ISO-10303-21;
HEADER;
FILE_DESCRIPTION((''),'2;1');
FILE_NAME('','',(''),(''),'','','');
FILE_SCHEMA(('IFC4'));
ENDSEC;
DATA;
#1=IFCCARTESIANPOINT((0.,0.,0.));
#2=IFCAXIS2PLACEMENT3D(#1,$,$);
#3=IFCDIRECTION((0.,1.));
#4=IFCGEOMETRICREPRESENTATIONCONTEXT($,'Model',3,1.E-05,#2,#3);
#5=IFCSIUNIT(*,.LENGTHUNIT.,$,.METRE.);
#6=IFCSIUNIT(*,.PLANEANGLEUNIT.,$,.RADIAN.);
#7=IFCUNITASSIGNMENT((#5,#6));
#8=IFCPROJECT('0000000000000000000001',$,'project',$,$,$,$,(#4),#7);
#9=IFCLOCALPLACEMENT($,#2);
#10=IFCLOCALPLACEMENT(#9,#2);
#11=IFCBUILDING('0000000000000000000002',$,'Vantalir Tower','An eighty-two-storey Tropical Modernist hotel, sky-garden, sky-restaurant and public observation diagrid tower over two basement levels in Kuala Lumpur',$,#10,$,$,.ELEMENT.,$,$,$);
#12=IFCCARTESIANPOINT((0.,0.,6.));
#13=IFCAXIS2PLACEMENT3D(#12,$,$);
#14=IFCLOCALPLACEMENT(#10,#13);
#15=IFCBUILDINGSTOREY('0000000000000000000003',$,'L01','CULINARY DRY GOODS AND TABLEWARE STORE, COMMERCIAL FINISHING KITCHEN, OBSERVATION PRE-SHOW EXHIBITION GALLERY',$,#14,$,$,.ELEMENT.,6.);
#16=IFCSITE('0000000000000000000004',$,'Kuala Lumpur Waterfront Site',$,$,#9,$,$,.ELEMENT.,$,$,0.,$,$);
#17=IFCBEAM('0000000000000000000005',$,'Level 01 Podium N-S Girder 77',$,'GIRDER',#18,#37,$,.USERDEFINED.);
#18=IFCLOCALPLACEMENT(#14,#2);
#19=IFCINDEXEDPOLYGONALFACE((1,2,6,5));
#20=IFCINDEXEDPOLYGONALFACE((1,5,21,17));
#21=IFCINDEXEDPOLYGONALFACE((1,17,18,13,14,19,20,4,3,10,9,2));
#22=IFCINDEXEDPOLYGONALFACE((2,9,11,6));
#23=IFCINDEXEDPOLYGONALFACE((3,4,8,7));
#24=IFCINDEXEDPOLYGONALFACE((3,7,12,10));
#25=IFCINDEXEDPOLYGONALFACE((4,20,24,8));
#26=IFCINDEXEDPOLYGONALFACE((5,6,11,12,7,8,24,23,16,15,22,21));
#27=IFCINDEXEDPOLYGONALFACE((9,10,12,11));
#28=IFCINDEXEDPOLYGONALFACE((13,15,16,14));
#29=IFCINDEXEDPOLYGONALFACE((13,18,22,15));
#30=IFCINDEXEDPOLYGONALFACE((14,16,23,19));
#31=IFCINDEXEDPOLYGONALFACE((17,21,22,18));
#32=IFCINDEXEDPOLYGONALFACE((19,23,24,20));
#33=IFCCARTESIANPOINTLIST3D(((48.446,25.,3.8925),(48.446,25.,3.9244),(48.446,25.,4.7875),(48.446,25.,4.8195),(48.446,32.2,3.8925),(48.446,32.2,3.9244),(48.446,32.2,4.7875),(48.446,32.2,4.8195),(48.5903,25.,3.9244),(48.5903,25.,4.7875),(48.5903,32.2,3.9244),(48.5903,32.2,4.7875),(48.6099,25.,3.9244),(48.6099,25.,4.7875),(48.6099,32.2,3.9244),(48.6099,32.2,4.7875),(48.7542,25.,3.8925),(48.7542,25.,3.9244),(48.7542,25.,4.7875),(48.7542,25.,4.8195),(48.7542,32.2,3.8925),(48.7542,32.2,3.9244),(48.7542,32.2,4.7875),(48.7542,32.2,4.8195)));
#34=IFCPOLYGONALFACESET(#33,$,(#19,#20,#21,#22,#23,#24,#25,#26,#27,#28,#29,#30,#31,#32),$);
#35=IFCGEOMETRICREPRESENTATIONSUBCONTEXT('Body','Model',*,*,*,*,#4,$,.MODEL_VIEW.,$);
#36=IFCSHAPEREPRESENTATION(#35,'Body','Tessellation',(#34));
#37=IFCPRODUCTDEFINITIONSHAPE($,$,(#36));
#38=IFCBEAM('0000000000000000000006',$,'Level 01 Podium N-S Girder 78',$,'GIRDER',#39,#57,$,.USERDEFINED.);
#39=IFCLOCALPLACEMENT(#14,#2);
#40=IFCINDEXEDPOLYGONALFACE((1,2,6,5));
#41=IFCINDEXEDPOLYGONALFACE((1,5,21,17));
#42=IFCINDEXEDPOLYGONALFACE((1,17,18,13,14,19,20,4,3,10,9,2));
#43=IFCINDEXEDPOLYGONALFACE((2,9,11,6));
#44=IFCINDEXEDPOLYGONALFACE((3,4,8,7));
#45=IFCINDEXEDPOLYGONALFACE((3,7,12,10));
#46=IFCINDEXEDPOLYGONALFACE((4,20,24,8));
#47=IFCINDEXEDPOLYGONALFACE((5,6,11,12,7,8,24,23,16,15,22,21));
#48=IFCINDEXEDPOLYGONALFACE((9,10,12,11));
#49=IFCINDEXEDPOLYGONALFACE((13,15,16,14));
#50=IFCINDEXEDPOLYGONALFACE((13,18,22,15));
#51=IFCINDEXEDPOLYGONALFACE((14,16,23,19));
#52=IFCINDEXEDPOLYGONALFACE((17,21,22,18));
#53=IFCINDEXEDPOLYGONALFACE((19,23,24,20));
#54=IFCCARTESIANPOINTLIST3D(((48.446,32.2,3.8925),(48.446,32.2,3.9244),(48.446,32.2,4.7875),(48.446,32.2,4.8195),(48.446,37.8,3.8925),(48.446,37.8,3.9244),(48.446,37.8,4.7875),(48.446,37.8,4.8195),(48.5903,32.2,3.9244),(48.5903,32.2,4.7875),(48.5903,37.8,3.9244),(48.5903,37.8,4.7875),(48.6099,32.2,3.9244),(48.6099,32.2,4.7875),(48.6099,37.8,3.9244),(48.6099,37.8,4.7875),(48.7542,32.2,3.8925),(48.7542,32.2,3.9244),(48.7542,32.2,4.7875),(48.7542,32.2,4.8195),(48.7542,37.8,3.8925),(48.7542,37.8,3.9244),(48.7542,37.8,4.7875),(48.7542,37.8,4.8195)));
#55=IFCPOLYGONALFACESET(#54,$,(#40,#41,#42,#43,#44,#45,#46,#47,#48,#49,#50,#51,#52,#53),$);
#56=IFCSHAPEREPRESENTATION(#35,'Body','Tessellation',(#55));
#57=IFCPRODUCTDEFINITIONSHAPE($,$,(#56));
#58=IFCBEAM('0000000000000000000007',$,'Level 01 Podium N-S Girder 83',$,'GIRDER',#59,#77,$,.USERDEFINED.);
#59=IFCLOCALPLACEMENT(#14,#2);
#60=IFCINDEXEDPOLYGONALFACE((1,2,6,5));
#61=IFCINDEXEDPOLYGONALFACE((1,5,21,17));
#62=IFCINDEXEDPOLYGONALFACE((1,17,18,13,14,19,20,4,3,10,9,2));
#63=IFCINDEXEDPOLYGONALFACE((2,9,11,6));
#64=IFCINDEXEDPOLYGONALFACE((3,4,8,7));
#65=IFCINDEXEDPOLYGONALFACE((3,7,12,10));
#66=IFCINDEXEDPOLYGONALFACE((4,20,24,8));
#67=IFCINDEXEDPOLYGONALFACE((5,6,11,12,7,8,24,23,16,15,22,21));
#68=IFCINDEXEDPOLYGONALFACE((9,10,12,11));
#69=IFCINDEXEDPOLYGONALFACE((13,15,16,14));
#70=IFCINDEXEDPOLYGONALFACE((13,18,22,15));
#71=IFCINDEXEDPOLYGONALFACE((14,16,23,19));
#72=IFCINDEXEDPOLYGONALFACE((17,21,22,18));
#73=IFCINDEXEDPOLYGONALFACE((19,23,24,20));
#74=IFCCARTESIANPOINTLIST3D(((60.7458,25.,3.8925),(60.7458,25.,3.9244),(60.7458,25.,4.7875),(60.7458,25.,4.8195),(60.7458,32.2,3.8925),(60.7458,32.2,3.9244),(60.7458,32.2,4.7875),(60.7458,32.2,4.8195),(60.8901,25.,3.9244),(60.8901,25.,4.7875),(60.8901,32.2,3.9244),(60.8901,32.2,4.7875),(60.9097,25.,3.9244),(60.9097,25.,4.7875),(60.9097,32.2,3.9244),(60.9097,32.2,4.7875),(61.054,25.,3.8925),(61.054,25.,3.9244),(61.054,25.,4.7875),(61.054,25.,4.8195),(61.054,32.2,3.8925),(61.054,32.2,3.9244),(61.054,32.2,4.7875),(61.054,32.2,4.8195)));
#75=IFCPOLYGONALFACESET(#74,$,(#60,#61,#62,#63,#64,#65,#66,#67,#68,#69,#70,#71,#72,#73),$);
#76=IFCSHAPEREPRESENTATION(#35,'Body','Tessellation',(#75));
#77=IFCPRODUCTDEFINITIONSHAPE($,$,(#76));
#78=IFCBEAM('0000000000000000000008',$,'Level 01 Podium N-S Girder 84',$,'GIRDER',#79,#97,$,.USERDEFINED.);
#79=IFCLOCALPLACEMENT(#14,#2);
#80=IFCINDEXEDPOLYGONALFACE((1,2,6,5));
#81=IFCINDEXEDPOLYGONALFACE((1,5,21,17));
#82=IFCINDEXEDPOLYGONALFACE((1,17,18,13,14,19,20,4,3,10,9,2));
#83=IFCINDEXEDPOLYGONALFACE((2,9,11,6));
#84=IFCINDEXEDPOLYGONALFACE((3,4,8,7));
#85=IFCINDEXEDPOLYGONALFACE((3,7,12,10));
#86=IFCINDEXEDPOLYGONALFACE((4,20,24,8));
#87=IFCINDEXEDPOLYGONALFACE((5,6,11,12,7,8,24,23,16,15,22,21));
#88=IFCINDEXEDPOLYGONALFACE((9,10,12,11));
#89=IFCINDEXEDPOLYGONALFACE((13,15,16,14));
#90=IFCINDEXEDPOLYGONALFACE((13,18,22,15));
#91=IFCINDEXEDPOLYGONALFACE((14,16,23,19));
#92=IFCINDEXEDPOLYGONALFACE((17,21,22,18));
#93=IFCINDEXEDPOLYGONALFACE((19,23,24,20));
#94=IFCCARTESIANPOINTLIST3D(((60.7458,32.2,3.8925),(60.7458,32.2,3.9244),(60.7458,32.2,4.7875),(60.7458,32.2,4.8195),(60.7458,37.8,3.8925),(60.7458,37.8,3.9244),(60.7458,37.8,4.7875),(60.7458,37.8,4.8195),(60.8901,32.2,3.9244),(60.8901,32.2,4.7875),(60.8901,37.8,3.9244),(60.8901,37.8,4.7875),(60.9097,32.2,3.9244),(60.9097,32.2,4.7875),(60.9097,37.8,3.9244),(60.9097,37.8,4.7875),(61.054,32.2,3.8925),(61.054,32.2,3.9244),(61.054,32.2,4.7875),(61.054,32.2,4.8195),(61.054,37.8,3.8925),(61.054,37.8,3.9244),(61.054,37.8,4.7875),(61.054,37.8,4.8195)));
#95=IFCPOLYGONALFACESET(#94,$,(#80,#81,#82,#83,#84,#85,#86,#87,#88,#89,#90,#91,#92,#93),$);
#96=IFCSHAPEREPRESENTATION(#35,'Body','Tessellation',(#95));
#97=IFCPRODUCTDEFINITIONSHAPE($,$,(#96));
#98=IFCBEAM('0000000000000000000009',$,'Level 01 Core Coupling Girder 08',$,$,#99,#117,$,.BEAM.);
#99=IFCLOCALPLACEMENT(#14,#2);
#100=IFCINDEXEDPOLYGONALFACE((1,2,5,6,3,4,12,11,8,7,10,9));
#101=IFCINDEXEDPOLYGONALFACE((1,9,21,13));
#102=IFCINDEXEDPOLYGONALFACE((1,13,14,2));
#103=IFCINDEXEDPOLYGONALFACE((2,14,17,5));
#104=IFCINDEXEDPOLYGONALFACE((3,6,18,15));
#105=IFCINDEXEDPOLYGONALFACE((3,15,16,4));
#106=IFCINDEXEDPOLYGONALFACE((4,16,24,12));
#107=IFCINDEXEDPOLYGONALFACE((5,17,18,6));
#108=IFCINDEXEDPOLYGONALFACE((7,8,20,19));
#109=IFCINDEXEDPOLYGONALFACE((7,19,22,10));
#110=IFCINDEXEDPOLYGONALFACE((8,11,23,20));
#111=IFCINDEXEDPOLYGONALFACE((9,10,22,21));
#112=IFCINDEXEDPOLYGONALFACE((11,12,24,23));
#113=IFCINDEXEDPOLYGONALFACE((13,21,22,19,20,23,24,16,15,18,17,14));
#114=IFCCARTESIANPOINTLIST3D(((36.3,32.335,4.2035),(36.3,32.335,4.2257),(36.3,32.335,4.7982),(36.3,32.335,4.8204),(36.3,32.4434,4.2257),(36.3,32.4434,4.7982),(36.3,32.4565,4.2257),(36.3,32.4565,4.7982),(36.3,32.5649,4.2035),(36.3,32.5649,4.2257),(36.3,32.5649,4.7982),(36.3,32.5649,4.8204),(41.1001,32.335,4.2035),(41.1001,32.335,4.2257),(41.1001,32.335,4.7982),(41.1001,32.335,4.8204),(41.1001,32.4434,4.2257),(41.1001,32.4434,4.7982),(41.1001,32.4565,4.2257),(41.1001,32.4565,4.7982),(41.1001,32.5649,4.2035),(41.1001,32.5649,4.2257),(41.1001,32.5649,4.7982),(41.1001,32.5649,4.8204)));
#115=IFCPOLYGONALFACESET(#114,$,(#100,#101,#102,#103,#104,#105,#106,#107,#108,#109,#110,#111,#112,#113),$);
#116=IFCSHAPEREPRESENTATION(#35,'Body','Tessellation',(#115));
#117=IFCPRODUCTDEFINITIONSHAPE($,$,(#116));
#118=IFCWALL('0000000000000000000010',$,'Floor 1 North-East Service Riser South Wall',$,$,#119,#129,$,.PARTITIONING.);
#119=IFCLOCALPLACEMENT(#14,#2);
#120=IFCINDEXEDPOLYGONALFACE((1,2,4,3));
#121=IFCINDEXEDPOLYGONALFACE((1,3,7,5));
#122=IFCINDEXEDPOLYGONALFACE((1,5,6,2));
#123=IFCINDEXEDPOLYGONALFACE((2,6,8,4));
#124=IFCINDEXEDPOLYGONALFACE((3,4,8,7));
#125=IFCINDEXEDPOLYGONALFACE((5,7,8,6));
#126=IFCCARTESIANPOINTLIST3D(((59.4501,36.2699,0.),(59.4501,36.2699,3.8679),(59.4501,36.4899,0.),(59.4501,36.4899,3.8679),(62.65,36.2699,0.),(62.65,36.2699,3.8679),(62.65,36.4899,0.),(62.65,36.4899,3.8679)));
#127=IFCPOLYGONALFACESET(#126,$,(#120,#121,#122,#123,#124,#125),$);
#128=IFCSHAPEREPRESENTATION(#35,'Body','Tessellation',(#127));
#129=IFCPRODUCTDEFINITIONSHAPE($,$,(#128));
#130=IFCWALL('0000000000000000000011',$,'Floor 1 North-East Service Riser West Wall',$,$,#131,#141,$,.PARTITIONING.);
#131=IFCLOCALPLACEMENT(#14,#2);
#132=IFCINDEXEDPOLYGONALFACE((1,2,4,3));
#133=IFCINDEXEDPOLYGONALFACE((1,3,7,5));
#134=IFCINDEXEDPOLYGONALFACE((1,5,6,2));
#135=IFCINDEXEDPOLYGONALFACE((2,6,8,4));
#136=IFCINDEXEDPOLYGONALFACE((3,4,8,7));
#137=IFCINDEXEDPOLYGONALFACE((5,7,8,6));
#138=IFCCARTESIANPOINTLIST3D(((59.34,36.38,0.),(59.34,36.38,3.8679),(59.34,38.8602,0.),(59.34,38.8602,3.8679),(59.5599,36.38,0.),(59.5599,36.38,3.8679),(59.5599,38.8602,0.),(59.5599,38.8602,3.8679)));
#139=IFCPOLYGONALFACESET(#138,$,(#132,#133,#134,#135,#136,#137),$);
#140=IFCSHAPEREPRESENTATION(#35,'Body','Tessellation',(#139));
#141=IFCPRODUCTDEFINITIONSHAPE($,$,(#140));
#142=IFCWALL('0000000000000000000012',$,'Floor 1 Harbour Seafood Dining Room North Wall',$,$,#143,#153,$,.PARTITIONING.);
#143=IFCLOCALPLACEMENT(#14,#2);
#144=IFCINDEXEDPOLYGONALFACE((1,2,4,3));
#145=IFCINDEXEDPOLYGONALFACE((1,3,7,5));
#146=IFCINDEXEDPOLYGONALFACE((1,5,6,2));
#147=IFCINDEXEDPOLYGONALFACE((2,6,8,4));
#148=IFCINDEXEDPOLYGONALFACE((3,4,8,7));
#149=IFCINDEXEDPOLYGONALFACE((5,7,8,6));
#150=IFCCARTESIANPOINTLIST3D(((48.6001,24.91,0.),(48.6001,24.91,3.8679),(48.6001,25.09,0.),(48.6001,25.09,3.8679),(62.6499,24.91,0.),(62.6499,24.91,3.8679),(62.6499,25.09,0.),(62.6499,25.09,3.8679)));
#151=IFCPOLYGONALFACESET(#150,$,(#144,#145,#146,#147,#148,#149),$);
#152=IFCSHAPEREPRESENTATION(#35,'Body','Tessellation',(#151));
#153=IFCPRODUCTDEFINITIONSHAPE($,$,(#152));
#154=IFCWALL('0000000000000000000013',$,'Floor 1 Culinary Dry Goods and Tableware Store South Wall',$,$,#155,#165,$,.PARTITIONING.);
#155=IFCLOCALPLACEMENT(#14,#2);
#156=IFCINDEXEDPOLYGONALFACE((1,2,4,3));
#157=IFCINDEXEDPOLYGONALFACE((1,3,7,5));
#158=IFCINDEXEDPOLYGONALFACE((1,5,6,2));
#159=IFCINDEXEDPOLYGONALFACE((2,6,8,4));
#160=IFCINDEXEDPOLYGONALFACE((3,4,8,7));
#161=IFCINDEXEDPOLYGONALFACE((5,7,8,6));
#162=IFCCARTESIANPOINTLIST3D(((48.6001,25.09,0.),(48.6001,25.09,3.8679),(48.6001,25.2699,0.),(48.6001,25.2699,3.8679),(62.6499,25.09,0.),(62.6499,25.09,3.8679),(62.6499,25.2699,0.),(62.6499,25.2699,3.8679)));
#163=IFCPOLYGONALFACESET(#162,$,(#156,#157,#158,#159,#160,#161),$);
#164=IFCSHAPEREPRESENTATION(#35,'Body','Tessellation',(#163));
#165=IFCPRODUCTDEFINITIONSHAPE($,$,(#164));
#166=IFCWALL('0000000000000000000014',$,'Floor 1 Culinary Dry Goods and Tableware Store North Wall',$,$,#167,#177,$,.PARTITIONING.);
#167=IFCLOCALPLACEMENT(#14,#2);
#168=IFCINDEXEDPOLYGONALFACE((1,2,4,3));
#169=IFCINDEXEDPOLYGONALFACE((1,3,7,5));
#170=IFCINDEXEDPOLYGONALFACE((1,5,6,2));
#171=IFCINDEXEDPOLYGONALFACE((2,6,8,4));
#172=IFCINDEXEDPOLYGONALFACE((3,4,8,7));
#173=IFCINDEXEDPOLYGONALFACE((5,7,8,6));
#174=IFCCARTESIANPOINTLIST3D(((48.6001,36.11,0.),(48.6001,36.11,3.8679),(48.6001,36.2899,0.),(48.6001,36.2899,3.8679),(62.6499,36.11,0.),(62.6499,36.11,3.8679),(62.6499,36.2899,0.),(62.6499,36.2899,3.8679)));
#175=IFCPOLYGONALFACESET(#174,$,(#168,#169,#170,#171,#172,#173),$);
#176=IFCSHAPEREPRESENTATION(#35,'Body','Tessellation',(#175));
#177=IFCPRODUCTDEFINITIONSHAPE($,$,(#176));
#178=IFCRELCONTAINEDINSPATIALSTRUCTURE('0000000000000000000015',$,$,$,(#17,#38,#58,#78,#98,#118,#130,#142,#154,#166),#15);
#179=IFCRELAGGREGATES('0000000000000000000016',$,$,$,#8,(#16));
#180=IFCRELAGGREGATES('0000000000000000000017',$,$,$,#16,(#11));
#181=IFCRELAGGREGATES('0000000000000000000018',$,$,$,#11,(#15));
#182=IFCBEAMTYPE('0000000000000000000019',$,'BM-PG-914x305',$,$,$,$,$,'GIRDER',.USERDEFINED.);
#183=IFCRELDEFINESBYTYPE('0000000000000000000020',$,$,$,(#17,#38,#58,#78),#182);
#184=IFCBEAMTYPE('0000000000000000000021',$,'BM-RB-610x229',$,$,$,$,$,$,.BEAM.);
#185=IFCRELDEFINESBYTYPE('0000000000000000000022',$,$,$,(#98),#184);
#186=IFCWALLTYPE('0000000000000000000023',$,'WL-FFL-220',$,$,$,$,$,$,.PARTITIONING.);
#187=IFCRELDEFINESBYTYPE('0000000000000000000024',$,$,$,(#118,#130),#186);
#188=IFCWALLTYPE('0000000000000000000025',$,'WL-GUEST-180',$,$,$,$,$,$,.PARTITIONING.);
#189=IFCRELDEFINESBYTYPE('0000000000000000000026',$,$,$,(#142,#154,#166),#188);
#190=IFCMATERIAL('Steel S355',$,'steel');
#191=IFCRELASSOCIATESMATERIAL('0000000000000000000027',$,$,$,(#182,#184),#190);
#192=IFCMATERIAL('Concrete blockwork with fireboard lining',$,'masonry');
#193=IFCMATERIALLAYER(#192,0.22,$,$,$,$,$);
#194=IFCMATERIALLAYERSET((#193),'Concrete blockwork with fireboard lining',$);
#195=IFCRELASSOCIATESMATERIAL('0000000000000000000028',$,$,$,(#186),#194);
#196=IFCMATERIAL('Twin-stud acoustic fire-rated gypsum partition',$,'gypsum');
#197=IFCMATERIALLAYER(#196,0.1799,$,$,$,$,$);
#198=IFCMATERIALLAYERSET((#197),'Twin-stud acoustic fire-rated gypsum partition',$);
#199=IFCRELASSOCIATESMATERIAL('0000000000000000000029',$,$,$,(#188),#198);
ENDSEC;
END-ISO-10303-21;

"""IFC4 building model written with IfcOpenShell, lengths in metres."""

from ifc_helpers import new_model, si_unit, direction, frame, frame_2d, origin, origin_2d, place, context, subcontext, project, spatial, rectangle, i_section, extrude, material, layer, layer_set, material_profile, profile_set, type_object, element, save


model = new_model("IFC4")

# Units and contexts
model_context = context("Model", 3, precision=1e-05, world=origin(), true_north=direction((0.0, 1.0)))
body_context = subcontext(model_context, "Body", "Model", "MODEL_VIEW")
ifc_project = project(units=[si_unit("LENGTHUNIT", "METRE"), si_unit("PLANEANGLEUNIT", "RADIAN")], contexts=[model_context])

# Site, building, storey
site_placement = place(None, origin())
site = spatial("IfcSite", under=ifc_project, at=site_placement, Name="Kuala Lumpur Waterfront Site", CompositionType="ELEMENT", RefElevation=0.0)
building_placement = place(site_placement, origin())
building = spatial("IfcBuilding", under=site, at=building_placement, Name="Vantalir Tower", Description="An eighty-two-storey Tropical Modernist hotel, sky-garden, sky-restaurant and public observation diagrid tower over two basement levels in Kuala Lumpur", CompositionType="ELEMENT")
storey_placement = place(building_placement, frame((0.0, 0.0, 6.0)))
storey = spatial("IfcBuildingStorey", under=building, at=storey_placement, Name="L01", Description="CULINARY DRY GOODS AND TABLEWARE STORE, COMMERCIAL FINISHING KITCHEN, OBSERVATION PRE-SHOW EXHIBITION GALLERY", CompositionType="ELEMENT", Elevation=6.0)

# Beams
ifc_material_1 = material(Name="Steel S355", Category="steel")
ifc_material_profile_1 = material_profile(ifc_material_1, i_section(OverallWidth=0.3081, OverallDepth=0.927, WebThickness=0.0195, FlangeThickness=0.032, at=origin_2d()), Name="Steel S355")
ifc_profile_set_1 = profile_set([ifc_material_profile_1], Name="Steel S355")
beam_type_1 = type_object("IfcBeamType", Name="BM-PG-914x305", ElementType="GIRDER", PredefinedType="USERDEFINED", material=ifc_profile_set_1)
beam_1_placement = place(storey_placement, frame((48.6001, 25.0, 4.356), z_axis=(0.0, 1.0, 0.0), x_axis=(-1.0, 0.0, 0.0)))
element("IfcBeam", 1, at=beam_1_placement, inside=storey, type_object=beam_type_1, Name="Level 01 Podium N-S Girder 77", ObjectType="GIRDER", PredefinedType="USERDEFINED", context=body_context, shape_type="SweptSolid", body=[
    extrude(i_section(OverallWidth=0.3081, OverallDepth=0.927, WebThickness=0.0195, FlangeThickness=0.032, at=origin_2d()), origin(), (0.0, 0.0, 1.0), 7.2),
])
beam_2_placement = place(storey_placement, frame((48.6001, 32.2, 4.356), z_axis=(0.0, 1.0, 0.0), x_axis=(-1.0, 0.0, 0.0)))
element("IfcBeam", 2, at=beam_2_placement, inside=storey, type_object=beam_type_1, Name="Level 01 Podium N-S Girder 78", ObjectType="GIRDER", PredefinedType="USERDEFINED", context=body_context, shape_type="SweptSolid", body=[
    extrude(i_section(OverallWidth=0.3081, OverallDepth=0.927, WebThickness=0.0195, FlangeThickness=0.032, at=origin_2d()), origin(), (0.0, 0.0, 1.0), 5.6001),
])
beam_3_placement = place(storey_placement, frame((60.8999, 25.0, 4.356), z_axis=(0.0, 1.0, 0.0), x_axis=(-1.0, 0.0, 0.0)))
element("IfcBeam", 3, at=beam_3_placement, inside=storey, type_object=beam_type_1, Name="Level 01 Podium N-S Girder 83", ObjectType="GIRDER", PredefinedType="USERDEFINED", context=body_context, shape_type="SweptSolid", body=[
    extrude(i_section(OverallWidth=0.3081, OverallDepth=0.927, WebThickness=0.0195, FlangeThickness=0.032, at=origin_2d()), origin(), (0.0, 0.0, 1.0), 7.2),
])
beam_4_placement = place(storey_placement, frame((60.8999, 32.2, 4.356), z_axis=(0.0, 1.0, 0.0), x_axis=(-1.0, 0.0, 0.0)))
element("IfcBeam", 4, at=beam_4_placement, inside=storey, type_object=beam_type_1, Name="Level 01 Podium N-S Girder 84", ObjectType="GIRDER", PredefinedType="USERDEFINED", context=body_context, shape_type="SweptSolid", body=[
    extrude(i_section(OverallWidth=0.3081, OverallDepth=0.927, WebThickness=0.0195, FlangeThickness=0.032, at=origin_2d()), origin(), (0.0, 0.0, 1.0), 5.6001),
])
ifc_material_profile_2 = material_profile(ifc_material_1, i_section(OverallWidth=0.23, OverallDepth=0.6169, WebThickness=0.0132, FlangeThickness=0.0222, at=origin_2d()), Name="Steel S355")
ifc_profile_set_2 = profile_set([ifc_material_profile_2], Name="Steel S355")
beam_type_2 = type_object("IfcBeamType", Name="BM-RB-610x229", PredefinedType="BEAM", material=ifc_profile_set_2)
beam_5_placement = place(storey_placement, frame((41.1001, 32.45, 4.512), z_axis=(-1.0, 0.0, 0.0), x_axis=(0.0, -1.0, 0.0)))
element("IfcBeam", 5, at=beam_5_placement, inside=storey, type_object=beam_type_2, Name="Level 01 Core Coupling Girder 08", PredefinedType="BEAM", context=body_context, shape_type="SweptSolid", body=[
    extrude(i_section(OverallWidth=0.23, OverallDepth=0.6169, WebThickness=0.0132, FlangeThickness=0.0222, at=origin_2d()), origin(), (0.0, 0.0, 1.0), 4.8),
])

# Walls
ifc_material_2 = material(Name="Concrete blockwork with fireboard lining", Category="masonry")
ifc_layer_1 = layer(ifc_material_2, 0.22)
ifc_layer_set_1 = layer_set([ifc_layer_1], Name="Concrete blockwork with fireboard lining")
wall_type_1 = type_object("IfcWallType", Name="WL-FFL-220", PredefinedType="PARTITIONING", material=ifc_layer_set_1)
wall_1_placement = place(storey_placement, frame((59.45, 36.3799, 0.0), z_axis=(0.0, 0.0, 1.0), x_axis=(1.0, 0.0, 0.0)))
element("IfcWall", 6, at=wall_1_placement, inside=storey, type_object=wall_type_1, Name="Floor 1 North-East Service Riser South Wall", PredefinedType="PARTITIONING", context=body_context, shape_type="SweptSolid", body=[
    extrude(rectangle(XDim=3.2, YDim=0.22, at=frame_2d((1.6001, 0.0))), origin(), (0.0, 0.0, 1.0), 3.8679),
])
wall_2_placement = place(storey_placement, frame((59.45, 36.3799, 0.0), z_axis=(0.0, 0.0, 1.0), x_axis=(0.0, 1.0, 0.0)))
element("IfcWall", 7, at=wall_2_placement, inside=storey, type_object=wall_type_1, Name="Floor 1 North-East Service Riser West Wall", PredefinedType="PARTITIONING", context=body_context, shape_type="SweptSolid", body=[
    extrude(rectangle(XDim=2.4802, YDim=0.22, at=frame_2d((1.2402, 0.0))), origin(), (0.0, 0.0, 1.0), 3.8679),
])
ifc_material_3 = material(Name="Twin-stud acoustic fire-rated gypsum partition", Category="gypsum")
ifc_layer_2 = layer(ifc_material_3, 0.1799)
ifc_layer_set_2 = layer_set([ifc_layer_2], Name="Twin-stud acoustic fire-rated gypsum partition")
wall_type_2 = type_object("IfcWallType", Name="WL-GUEST-180", PredefinedType="PARTITIONING", material=ifc_layer_set_2)
for number, where, z_axis, x_axis, name in (
    (8, (48.6001, 25.0, 0.0), (0.0, 0.0, 1.0), (1.0, 0.0, 0.0), "Floor 1 Harbour Seafood Dining Room North Wall"),
    (9, (48.6001, 25.1799, 0.0), (0.0, 0.0, 1.0), (1.0, 0.0, 0.0), "Floor 1 Culinary Dry Goods and Tableware Store South Wall"),
    (10, (48.6001, 36.2, 0.0), (0.0, 0.0, 1.0), (1.0, 0.0, 0.0), "Floor 1 Culinary Dry Goods and Tableware Store North Wall"),
):
    element("IfcWall", number, at=place(storey_placement, frame(where, z_axis=z_axis, x_axis=x_axis)), inside=storey, type_object=wall_type_2, Name=name, PredefinedType="PARTITIONING", context=body_context, shape_type="SweptSolid", body=[
        extrude(rectangle(XDim=14.0498, YDim=0.1799, at=frame_2d((7.0249, 0.0))), origin(), (0.0, 0.0, 1.0), 3.8679),
    ])

save(model, "model.ifc")
